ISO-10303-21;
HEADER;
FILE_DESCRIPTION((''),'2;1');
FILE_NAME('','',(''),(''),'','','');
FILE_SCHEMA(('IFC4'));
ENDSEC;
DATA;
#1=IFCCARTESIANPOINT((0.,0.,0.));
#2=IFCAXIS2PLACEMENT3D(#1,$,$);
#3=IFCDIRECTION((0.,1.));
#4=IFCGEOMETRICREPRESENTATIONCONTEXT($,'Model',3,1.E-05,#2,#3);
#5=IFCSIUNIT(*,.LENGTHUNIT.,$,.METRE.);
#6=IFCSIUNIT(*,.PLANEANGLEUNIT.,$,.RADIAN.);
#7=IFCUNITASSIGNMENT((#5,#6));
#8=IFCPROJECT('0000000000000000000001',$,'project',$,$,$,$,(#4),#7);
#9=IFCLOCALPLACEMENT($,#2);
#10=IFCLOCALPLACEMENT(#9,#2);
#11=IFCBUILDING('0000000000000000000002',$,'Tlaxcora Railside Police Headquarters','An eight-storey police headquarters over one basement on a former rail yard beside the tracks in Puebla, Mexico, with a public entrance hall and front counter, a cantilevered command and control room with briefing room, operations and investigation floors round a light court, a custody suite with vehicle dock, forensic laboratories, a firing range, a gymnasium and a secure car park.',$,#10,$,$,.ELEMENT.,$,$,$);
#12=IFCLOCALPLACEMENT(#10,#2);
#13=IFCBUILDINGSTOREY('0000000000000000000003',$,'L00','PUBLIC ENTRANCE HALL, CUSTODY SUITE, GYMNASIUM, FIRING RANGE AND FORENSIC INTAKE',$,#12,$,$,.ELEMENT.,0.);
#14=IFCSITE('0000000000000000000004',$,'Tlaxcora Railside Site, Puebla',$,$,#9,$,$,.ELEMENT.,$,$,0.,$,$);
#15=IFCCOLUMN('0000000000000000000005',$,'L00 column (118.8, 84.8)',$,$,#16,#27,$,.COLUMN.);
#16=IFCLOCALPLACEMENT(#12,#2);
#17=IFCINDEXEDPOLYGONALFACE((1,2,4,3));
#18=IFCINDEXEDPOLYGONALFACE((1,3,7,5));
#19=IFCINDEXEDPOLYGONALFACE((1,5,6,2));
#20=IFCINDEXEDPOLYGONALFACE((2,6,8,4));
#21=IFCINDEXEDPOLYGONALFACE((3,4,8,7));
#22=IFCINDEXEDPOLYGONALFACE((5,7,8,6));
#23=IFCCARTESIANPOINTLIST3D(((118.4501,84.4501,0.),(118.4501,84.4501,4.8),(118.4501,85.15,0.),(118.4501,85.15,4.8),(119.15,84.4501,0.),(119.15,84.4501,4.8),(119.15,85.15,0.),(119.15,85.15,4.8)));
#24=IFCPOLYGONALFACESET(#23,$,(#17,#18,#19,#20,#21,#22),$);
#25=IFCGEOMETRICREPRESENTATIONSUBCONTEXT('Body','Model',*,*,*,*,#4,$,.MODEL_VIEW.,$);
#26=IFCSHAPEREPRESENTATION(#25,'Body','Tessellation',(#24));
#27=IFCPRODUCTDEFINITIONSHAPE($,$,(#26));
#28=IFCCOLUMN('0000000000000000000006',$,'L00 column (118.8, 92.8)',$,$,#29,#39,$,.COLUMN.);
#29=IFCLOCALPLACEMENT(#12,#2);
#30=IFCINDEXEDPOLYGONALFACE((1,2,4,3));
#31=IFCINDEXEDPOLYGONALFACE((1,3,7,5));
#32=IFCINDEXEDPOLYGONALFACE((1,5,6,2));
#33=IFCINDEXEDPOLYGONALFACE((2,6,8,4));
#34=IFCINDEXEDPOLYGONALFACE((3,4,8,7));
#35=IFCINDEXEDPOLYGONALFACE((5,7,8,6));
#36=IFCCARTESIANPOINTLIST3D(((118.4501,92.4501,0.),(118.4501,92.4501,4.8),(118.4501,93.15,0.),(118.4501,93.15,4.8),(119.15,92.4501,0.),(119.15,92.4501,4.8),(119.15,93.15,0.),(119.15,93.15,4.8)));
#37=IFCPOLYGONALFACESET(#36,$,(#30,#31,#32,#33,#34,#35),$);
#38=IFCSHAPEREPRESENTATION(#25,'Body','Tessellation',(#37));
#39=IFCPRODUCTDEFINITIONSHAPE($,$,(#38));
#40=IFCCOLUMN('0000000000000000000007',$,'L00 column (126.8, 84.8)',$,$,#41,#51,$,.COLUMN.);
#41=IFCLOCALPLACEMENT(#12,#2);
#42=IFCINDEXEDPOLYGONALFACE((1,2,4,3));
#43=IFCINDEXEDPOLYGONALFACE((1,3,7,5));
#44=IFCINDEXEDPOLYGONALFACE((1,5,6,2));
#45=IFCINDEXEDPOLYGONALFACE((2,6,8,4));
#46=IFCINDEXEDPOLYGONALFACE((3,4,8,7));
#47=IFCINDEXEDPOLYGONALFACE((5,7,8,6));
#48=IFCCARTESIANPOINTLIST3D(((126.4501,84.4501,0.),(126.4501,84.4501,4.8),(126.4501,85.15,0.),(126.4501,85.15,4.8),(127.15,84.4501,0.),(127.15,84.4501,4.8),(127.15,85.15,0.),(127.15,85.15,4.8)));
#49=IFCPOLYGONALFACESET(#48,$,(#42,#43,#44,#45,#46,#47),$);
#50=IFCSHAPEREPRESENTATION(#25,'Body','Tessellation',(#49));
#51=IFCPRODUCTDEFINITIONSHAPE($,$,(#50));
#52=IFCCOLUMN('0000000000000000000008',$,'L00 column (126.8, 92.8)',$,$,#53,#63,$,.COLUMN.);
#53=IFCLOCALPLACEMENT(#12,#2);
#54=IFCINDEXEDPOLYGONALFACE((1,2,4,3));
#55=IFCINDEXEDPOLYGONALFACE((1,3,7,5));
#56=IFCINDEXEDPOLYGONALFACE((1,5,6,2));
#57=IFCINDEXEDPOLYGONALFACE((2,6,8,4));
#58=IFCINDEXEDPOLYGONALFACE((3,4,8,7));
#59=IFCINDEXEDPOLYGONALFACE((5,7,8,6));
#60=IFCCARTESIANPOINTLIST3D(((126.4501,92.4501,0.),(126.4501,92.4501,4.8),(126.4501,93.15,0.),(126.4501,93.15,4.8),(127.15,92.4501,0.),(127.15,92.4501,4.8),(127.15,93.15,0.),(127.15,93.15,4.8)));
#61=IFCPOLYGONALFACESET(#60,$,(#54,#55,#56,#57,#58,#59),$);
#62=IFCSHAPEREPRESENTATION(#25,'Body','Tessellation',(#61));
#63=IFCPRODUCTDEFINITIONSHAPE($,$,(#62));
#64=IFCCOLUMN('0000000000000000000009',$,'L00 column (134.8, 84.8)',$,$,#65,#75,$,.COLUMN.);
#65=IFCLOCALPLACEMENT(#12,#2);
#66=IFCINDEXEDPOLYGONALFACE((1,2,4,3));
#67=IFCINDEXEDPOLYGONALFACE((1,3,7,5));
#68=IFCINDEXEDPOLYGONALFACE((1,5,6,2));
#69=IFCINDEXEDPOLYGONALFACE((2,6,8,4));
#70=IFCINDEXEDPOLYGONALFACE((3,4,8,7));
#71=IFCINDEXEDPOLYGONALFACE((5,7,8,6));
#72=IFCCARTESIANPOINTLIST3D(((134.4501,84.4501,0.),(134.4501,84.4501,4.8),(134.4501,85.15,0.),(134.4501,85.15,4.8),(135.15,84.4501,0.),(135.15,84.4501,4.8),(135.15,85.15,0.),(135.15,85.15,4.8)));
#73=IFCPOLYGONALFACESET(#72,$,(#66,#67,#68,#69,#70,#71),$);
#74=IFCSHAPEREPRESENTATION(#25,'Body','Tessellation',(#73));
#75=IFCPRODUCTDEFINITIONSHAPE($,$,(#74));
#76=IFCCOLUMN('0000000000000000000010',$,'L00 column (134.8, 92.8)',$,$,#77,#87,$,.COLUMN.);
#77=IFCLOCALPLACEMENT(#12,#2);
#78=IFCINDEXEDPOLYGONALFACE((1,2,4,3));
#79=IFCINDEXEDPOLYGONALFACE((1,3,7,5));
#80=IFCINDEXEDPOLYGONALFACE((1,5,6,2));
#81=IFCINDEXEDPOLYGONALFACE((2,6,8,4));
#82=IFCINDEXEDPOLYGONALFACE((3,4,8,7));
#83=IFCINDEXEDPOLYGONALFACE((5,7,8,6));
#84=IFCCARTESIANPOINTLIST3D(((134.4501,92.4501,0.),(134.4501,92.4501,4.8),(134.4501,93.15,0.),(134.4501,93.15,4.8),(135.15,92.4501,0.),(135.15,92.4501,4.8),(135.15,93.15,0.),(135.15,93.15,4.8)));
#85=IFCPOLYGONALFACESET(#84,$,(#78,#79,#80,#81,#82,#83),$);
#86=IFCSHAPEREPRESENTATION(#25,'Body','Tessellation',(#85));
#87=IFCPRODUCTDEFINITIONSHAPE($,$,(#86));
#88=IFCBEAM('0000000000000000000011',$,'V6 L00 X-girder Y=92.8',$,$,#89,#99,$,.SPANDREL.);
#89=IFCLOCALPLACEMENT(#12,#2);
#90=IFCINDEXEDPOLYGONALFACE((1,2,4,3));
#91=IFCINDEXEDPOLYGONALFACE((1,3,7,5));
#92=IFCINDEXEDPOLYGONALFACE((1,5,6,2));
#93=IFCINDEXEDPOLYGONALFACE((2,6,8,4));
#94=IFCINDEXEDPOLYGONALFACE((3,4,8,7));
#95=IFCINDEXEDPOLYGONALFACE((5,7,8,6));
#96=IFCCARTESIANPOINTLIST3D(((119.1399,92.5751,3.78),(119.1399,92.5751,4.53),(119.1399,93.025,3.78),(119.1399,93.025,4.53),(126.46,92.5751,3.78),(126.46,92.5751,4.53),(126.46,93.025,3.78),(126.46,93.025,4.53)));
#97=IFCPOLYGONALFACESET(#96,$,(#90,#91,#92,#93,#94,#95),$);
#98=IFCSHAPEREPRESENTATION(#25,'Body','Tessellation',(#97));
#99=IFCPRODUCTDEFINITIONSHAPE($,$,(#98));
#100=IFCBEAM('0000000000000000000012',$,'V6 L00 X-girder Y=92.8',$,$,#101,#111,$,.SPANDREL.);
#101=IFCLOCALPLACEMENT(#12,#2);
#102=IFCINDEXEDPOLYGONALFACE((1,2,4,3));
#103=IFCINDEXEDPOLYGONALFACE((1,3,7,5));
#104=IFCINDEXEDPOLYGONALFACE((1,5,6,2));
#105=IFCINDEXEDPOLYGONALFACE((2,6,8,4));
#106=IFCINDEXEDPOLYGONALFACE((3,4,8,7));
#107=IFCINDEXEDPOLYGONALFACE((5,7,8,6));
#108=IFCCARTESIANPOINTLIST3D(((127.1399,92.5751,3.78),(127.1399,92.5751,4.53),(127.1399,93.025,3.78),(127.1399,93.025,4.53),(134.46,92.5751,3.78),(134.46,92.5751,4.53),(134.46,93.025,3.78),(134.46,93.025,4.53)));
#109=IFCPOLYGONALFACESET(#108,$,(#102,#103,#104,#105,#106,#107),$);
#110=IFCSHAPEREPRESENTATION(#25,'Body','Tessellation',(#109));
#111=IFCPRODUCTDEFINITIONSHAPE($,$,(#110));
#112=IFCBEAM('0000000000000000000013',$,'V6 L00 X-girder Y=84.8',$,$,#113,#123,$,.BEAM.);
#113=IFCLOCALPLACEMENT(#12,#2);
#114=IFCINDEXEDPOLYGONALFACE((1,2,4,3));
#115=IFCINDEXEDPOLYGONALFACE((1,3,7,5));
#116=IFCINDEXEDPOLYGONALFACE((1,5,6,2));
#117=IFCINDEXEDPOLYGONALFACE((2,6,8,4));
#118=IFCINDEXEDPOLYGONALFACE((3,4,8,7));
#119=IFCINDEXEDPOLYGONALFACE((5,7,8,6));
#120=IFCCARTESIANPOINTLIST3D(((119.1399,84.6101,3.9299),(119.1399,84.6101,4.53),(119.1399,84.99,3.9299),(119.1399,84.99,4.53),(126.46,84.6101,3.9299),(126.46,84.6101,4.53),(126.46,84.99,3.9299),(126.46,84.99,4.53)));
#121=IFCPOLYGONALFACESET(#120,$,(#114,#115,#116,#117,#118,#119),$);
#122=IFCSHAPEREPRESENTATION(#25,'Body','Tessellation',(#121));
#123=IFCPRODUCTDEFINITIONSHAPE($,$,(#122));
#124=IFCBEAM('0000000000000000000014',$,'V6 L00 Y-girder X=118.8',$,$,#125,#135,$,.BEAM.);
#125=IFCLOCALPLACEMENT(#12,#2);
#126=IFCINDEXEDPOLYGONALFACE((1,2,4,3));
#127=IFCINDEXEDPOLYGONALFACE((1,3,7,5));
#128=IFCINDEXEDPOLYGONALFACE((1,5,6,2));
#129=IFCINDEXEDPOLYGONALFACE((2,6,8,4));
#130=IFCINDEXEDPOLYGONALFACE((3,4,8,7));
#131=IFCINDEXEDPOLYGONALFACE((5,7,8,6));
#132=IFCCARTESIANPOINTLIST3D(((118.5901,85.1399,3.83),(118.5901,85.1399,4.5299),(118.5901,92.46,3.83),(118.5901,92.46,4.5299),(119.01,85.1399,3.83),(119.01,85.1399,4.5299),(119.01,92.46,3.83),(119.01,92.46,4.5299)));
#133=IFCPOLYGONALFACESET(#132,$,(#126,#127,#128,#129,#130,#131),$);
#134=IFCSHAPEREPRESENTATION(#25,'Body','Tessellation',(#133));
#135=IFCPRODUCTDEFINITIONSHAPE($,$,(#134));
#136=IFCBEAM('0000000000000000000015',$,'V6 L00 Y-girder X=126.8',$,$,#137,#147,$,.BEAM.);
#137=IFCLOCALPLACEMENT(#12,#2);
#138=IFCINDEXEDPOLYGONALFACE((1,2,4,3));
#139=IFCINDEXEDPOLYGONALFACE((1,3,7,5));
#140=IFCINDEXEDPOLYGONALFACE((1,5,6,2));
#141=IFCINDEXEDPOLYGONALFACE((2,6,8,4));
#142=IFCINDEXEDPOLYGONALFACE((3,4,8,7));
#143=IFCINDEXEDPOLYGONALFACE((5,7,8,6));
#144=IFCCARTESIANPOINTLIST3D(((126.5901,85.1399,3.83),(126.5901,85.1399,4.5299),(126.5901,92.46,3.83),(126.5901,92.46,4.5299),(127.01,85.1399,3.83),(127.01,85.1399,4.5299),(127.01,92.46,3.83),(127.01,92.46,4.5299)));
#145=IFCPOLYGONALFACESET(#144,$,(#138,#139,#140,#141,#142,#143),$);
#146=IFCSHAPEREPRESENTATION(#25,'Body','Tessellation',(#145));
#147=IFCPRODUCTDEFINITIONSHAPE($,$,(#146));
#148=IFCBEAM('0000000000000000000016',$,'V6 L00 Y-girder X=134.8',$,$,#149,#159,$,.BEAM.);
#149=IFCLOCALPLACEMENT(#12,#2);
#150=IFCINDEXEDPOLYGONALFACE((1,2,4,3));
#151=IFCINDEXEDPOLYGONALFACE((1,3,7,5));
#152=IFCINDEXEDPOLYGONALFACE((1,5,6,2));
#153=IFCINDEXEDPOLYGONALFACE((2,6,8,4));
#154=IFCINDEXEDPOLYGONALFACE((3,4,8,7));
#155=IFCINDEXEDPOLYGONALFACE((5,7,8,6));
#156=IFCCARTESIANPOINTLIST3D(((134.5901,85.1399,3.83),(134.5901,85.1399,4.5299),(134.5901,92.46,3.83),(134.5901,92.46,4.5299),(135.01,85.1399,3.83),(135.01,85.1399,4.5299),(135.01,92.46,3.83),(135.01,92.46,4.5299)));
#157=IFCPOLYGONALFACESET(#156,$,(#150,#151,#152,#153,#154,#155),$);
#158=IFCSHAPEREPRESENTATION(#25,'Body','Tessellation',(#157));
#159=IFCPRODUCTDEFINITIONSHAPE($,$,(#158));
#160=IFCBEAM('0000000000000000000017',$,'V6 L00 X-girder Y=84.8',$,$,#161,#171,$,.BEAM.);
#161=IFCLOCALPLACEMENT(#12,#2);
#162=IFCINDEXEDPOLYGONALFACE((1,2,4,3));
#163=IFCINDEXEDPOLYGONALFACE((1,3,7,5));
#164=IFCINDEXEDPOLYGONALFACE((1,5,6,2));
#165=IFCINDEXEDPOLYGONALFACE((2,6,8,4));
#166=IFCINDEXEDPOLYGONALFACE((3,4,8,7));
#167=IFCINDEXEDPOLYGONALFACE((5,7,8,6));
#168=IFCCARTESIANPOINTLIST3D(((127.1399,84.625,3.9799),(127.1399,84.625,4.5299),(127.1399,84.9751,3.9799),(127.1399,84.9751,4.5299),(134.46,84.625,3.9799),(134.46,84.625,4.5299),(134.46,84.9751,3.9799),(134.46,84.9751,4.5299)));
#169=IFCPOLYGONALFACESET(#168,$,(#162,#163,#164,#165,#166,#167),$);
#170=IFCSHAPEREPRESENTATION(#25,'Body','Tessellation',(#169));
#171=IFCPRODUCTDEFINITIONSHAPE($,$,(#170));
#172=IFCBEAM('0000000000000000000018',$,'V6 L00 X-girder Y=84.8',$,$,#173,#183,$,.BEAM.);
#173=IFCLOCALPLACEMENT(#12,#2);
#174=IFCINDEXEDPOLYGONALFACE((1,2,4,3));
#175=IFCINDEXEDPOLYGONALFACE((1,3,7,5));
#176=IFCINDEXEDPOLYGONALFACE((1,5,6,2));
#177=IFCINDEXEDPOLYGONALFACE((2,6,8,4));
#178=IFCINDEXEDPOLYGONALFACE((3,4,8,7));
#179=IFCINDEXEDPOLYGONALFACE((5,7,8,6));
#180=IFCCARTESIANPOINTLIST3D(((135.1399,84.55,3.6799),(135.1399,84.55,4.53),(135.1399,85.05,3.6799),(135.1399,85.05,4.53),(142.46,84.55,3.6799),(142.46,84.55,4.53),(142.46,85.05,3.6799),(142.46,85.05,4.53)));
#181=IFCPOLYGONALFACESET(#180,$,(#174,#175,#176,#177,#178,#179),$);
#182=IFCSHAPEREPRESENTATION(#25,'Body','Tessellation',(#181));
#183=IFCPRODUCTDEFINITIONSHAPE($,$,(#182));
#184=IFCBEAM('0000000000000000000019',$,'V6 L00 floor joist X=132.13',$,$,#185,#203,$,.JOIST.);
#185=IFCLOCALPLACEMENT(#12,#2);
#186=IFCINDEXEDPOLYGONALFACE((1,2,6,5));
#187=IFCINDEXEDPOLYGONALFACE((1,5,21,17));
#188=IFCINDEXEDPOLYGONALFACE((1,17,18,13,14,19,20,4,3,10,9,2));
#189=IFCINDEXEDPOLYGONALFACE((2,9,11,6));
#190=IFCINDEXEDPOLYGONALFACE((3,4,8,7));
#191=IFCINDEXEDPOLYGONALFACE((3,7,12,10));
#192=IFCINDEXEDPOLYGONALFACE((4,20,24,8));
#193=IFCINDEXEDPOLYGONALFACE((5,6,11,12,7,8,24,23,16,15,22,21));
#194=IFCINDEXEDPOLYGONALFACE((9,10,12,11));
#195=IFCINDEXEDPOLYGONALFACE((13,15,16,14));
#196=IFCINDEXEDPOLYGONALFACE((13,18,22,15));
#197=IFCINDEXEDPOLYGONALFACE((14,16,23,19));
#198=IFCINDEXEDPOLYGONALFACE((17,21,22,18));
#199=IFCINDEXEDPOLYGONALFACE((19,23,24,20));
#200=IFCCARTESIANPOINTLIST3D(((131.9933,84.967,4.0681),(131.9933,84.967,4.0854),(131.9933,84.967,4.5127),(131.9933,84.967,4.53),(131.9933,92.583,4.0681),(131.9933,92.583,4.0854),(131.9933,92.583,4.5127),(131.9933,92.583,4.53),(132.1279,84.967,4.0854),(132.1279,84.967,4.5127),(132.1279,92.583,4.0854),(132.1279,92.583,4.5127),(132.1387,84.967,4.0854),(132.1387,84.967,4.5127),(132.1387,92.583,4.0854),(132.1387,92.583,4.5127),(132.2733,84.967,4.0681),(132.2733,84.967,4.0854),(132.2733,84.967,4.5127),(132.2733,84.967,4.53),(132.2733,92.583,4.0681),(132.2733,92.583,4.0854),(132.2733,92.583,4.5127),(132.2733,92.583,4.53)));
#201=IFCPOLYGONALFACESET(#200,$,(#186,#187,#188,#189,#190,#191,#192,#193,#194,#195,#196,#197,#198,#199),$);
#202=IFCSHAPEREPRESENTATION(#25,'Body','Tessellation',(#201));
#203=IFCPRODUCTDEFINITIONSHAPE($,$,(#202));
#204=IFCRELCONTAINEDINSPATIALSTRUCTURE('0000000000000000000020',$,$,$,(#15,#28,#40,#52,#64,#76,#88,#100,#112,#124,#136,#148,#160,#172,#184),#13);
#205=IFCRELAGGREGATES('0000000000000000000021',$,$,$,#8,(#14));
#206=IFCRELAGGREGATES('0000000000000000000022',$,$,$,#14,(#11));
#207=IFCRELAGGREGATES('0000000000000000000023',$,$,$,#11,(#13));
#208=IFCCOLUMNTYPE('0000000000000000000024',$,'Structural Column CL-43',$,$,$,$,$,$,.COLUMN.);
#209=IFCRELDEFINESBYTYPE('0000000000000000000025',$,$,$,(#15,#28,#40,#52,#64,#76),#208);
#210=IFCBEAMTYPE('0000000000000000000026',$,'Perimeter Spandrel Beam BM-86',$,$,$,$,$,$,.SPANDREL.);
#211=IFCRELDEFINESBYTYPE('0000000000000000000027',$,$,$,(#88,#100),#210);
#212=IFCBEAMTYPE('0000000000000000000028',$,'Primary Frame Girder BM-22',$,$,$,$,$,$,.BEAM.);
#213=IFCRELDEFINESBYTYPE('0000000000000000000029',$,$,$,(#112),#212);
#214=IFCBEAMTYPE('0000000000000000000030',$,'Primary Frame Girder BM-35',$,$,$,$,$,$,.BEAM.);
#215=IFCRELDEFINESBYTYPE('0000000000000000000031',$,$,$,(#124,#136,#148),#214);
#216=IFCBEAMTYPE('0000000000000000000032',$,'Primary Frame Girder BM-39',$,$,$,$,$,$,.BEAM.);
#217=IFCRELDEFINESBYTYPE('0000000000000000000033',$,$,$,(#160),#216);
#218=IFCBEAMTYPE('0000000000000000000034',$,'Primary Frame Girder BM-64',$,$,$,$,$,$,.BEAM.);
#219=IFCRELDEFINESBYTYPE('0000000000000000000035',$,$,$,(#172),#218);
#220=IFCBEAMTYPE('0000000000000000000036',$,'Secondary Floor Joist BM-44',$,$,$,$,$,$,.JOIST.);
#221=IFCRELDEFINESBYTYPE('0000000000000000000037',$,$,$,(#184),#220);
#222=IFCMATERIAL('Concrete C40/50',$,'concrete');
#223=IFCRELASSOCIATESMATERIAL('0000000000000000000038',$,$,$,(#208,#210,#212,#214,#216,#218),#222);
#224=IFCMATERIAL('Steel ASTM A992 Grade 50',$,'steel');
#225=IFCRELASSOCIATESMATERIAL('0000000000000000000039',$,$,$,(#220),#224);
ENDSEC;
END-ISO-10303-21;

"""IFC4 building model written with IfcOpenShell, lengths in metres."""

from ifc_helpers import new_model, si_unit, direction, frame, origin, origin_2d, place, context, subcontext, project, spatial, rectangle, i_section, extrude, material, material_profile, profile_set, type_object, element, save


model = new_model("IFC4")

# Units and contexts
model_context = context("Model", 3, precision=1e-05, world=origin(), true_north=direction((0.0, 1.0)))
body_context = subcontext(model_context, "Body", "Model", "MODEL_VIEW")
ifc_project = project(units=[si_unit("LENGTHUNIT", "METRE"), si_unit("PLANEANGLEUNIT", "RADIAN")], contexts=[model_context])

# Site, building, storey
site_placement = place(None, origin())
site = spatial("IfcSite", under=ifc_project, at=site_placement, Name="Tlaxcora Railside Site, Puebla", CompositionType="ELEMENT", RefElevation=0.0)
building_placement = place(site_placement, origin())
building = spatial("IfcBuilding", under=site, at=building_placement, Name="Tlaxcora Railside Police Headquarters", Description="An eight-storey police headquarters over one basement on a former rail yard beside the tracks in Puebla, Mexico, with a public entrance hall and front counter, a cantilevered command and control room with briefing room, operations and investigation floors round a light court, a custody suite with vehicle dock, forensic laboratories, a firing range, a gymnasium and a secure car park.", CompositionType="ELEMENT")
storey_placement = place(building_placement, origin())
storey = spatial("IfcBuildingStorey", under=building, at=storey_placement, Name="L00", Description="PUBLIC ENTRANCE HALL, CUSTODY SUITE, GYMNASIUM, FIRING RANGE AND FORENSIC INTAKE", CompositionType="ELEMENT", Elevation=0.0)

# Columns
ifc_material_1 = material(Name="Concrete C40/50", Category="concrete")
ifc_material_profile_1 = material_profile(ifc_material_1, rectangle(XDim=0.7, YDim=0.7, at=origin_2d()), Name="RC700X700")
ifc_profile_set_1 = profile_set([ifc_material_profile_1], Name="Concrete C40/50")
column_type = type_object("IfcColumnType", Name="Structural Column CL-43", PredefinedType="COLUMN", material=ifc_profile_set_1)
for number, where, z_axis, x_axis, name in (
    (1, (118.8, 84.8, 0.0), (0.0, 0.0, 1.0), (1.0, 0.0, 0.0), "L00 column (118.8, 84.8)"),
    (2, (118.8, 92.8, 0.0), (0.0, 0.0, 1.0), (1.0, 0.0, 0.0), "L00 column (118.8, 92.8)"),
    (3, (126.8, 84.8, 0.0), (0.0, 0.0, 1.0), (1.0, 0.0, 0.0), "L00 column (126.8, 84.8)"),
    (4, (126.8, 92.8, 0.0), (0.0, 0.0, 1.0), (1.0, 0.0, 0.0), "L00 column (126.8, 92.8)"),
    (5, (134.8, 84.8, 0.0), (0.0, 0.0, 1.0), (1.0, 0.0, 0.0), "L00 column (134.8, 84.8)"),
    (6, (134.8, 92.8, 0.0), (0.0, 0.0, 1.0), (1.0, 0.0, 0.0), "L00 column (134.8, 92.8)"),
):
    element("IfcColumn", number, at=place(storey_placement, frame(where, z_axis=z_axis, x_axis=x_axis)), inside=storey, type_object=column_type, Name=name, PredefinedType="COLUMN", context=body_context, shape_type="SweptSolid", body=[
        extrude(rectangle(XDim=0.7, YDim=0.7, at=origin_2d()), origin(), (0.0, 0.0, 1.0), 4.8),
    ])

# Beams
ifc_material_profile_2 = material_profile(ifc_material_1, rectangle(XDim=0.45, YDim=0.75, at=origin_2d()), Name="RC450X750")
ifc_profile_set_2 = profile_set([ifc_material_profile_2], Name="Concrete C40/50")
beam_type_1 = type_object("IfcBeamType", Name="Perimeter Spandrel Beam BM-86", PredefinedType="SPANDREL", material=ifc_profile_set_2)
for number, where, z_axis, x_axis, name in (
    (7, (119.1399, 92.8, 4.155), (1.0, 0.0, 0.0), (0.0, 1.0, 0.0), "V6 L00 X-girder Y=92.8"),
    (8, (127.1399, 92.8, 4.155), (1.0, 0.0, 0.0), (0.0, 1.0, 0.0), "V6 L00 X-girder Y=92.8"),
):
    element("IfcBeam", number, at=place(storey_placement, frame(where, z_axis=z_axis, x_axis=x_axis)), inside=storey, type_object=beam_type_1, Name=name, PredefinedType="SPANDREL", context=body_context, shape_type="SweptSolid", body=[
        extrude(rectangle(XDim=0.45, YDim=0.75, at=origin_2d()), origin(), (0.0, 0.0, 1.0), 7.3201),
    ])
ifc_material_profile_3 = material_profile(ifc_material_1, rectangle(XDim=0.3799, YDim=0.6001, at=origin_2d()), Name="RC380X600")
ifc_profile_set_3 = profile_set([ifc_material_profile_3], Name="Concrete C40/50")
beam_type_2 = type_object("IfcBeamType", Name="Primary Frame Girder BM-22", PredefinedType="BEAM", material=ifc_profile_set_3)
beam_1_placement = place(storey_placement, frame((119.1399, 84.8, 4.23), z_axis=(1.0, 0.0, 0.0), x_axis=(0.0, 1.0, 0.0)))
element("IfcBeam", 9, at=beam_1_placement, inside=storey, type_object=beam_type_2, Name="V6 L00 X-girder Y=84.8", PredefinedType="BEAM", context=body_context, shape_type="SweptSolid", body=[
    extrude(rectangle(XDim=0.3799, YDim=0.6001, at=origin_2d()), origin(), (0.0, 0.0, 1.0), 7.3201),
])
ifc_material_profile_4 = material_profile(ifc_material_1, rectangle(XDim=0.4199, YDim=0.7, at=origin_2d()), Name="RC420X700")
ifc_profile_set_4 = profile_set([ifc_material_profile_4], Name="Concrete C40/50")
beam_type_3 = type_object("IfcBeamType", Name="Primary Frame Girder BM-35", PredefinedType="BEAM", material=ifc_profile_set_4)
for number, where, z_axis, x_axis, name in (
    (10, (118.8, 85.1399, 4.1799), (0.0, 1.0, 0.0), (-1.0, 0.0, 0.0), "V6 L00 Y-girder X=118.8"),
    (11, (126.8, 85.1399, 4.1799), (0.0, 1.0, 0.0), (-1.0, 0.0, 0.0), "V6 L00 Y-girder X=126.8"),
    (12, (134.8, 85.1399, 4.1799), (0.0, 1.0, 0.0), (-1.0, 0.0, 0.0), "V6 L00 Y-girder X=134.8"),
):
    element("IfcBeam", number, at=place(storey_placement, frame(where, z_axis=z_axis, x_axis=x_axis)), inside=storey, type_object=beam_type_3, Name=name, PredefinedType="BEAM", context=body_context, shape_type="SweptSolid", body=[
        extrude(rectangle(XDim=0.4199, YDim=0.7, at=origin_2d()), origin(), (0.0, 0.0, 1.0), 7.3201),
    ])
ifc_material_profile_5 = material_profile(ifc_material_1, rectangle(XDim=0.3501, YDim=0.55, at=origin_2d()), Name="RC350X550")
ifc_profile_set_5 = profile_set([ifc_material_profile_5], Name="Concrete C40/50")
beam_type_4 = type_object("IfcBeamType", Name="Primary Frame Girder BM-39", PredefinedType="BEAM", material=ifc_profile_set_5)
beam_2_placement = place(storey_placement, frame((127.1399, 84.8, 4.2549), z_axis=(1.0, 0.0, 0.0), x_axis=(0.0, 1.0, 0.0)))
element("IfcBeam", 13, at=beam_2_placement, inside=storey, type_object=beam_type_4, Name="V6 L00 X-girder Y=84.8", PredefinedType="BEAM", context=body_context, shape_type="SweptSolid", body=[
    extrude(rectangle(XDim=0.3501, YDim=0.55, at=origin_2d()), origin(), (0.0, 0.0, 1.0), 7.3201),
])
ifc_material_profile_6 = material_profile(ifc_material_1, rectangle(XDim=0.5, YDim=0.8501, at=origin_2d()), Name="RC500X850")
ifc_profile_set_6 = profile_set([ifc_material_profile_6], Name="Concrete C40/50")
beam_type_5 = type_object("IfcBeamType", Name="Primary Frame Girder BM-64", PredefinedType="BEAM", material=ifc_profile_set_6)
beam_3_placement = place(storey_placement, frame((135.1399, 84.8, 4.105), z_axis=(1.0, 0.0, 0.0), x_axis=(0.0, 1.0, 0.0)))
element("IfcBeam", 14, at=beam_3_placement, inside=storey, type_object=beam_type_5, Name="V6 L00 X-girder Y=84.8", PredefinedType="BEAM", context=body_context, shape_type="SweptSolid", body=[
    extrude(rectangle(XDim=0.5, YDim=0.8501, at=origin_2d()), origin(), (0.0, 0.0, 1.0), 7.3201),
])
ifc_material_2 = material(Name="Steel ASTM A992 Grade 50", Category="steel")
ifc_material_profile_7 = material_profile(ifc_material_2, i_section(OverallWidth=0.28, OverallDepth=0.4619, WebThickness=0.0107, FlangeThickness=0.0173, at=origin_2d()), Name="W18X76")
ifc_profile_set_7 = profile_set([ifc_material_profile_7], Name="Steel ASTM A992 Grade 50")
beam_type_6 = type_object("IfcBeamType", Name="Secondary Floor Joist BM-44", PredefinedType="JOIST", material=ifc_profile_set_7)
beam_4_placement = place(storey_placement, frame((132.1333, 84.967, 4.2991), z_axis=(0.0, 1.0, 0.0), x_axis=(-1.0, 0.0, 0.0)))
element("IfcBeam", 15, at=beam_4_placement, inside=storey, type_object=beam_type_6, Name="V6 L00 floor joist X=132.13", PredefinedType="JOIST", context=body_context, shape_type="SweptSolid", body=[
    extrude(i_section(OverallWidth=0.28, OverallDepth=0.4619, WebThickness=0.0107, FlangeThickness=0.0173, at=origin_2d()), origin(), (0.0, 0.0, 1.0), 7.616),
])

save(model, "model.ifc")
